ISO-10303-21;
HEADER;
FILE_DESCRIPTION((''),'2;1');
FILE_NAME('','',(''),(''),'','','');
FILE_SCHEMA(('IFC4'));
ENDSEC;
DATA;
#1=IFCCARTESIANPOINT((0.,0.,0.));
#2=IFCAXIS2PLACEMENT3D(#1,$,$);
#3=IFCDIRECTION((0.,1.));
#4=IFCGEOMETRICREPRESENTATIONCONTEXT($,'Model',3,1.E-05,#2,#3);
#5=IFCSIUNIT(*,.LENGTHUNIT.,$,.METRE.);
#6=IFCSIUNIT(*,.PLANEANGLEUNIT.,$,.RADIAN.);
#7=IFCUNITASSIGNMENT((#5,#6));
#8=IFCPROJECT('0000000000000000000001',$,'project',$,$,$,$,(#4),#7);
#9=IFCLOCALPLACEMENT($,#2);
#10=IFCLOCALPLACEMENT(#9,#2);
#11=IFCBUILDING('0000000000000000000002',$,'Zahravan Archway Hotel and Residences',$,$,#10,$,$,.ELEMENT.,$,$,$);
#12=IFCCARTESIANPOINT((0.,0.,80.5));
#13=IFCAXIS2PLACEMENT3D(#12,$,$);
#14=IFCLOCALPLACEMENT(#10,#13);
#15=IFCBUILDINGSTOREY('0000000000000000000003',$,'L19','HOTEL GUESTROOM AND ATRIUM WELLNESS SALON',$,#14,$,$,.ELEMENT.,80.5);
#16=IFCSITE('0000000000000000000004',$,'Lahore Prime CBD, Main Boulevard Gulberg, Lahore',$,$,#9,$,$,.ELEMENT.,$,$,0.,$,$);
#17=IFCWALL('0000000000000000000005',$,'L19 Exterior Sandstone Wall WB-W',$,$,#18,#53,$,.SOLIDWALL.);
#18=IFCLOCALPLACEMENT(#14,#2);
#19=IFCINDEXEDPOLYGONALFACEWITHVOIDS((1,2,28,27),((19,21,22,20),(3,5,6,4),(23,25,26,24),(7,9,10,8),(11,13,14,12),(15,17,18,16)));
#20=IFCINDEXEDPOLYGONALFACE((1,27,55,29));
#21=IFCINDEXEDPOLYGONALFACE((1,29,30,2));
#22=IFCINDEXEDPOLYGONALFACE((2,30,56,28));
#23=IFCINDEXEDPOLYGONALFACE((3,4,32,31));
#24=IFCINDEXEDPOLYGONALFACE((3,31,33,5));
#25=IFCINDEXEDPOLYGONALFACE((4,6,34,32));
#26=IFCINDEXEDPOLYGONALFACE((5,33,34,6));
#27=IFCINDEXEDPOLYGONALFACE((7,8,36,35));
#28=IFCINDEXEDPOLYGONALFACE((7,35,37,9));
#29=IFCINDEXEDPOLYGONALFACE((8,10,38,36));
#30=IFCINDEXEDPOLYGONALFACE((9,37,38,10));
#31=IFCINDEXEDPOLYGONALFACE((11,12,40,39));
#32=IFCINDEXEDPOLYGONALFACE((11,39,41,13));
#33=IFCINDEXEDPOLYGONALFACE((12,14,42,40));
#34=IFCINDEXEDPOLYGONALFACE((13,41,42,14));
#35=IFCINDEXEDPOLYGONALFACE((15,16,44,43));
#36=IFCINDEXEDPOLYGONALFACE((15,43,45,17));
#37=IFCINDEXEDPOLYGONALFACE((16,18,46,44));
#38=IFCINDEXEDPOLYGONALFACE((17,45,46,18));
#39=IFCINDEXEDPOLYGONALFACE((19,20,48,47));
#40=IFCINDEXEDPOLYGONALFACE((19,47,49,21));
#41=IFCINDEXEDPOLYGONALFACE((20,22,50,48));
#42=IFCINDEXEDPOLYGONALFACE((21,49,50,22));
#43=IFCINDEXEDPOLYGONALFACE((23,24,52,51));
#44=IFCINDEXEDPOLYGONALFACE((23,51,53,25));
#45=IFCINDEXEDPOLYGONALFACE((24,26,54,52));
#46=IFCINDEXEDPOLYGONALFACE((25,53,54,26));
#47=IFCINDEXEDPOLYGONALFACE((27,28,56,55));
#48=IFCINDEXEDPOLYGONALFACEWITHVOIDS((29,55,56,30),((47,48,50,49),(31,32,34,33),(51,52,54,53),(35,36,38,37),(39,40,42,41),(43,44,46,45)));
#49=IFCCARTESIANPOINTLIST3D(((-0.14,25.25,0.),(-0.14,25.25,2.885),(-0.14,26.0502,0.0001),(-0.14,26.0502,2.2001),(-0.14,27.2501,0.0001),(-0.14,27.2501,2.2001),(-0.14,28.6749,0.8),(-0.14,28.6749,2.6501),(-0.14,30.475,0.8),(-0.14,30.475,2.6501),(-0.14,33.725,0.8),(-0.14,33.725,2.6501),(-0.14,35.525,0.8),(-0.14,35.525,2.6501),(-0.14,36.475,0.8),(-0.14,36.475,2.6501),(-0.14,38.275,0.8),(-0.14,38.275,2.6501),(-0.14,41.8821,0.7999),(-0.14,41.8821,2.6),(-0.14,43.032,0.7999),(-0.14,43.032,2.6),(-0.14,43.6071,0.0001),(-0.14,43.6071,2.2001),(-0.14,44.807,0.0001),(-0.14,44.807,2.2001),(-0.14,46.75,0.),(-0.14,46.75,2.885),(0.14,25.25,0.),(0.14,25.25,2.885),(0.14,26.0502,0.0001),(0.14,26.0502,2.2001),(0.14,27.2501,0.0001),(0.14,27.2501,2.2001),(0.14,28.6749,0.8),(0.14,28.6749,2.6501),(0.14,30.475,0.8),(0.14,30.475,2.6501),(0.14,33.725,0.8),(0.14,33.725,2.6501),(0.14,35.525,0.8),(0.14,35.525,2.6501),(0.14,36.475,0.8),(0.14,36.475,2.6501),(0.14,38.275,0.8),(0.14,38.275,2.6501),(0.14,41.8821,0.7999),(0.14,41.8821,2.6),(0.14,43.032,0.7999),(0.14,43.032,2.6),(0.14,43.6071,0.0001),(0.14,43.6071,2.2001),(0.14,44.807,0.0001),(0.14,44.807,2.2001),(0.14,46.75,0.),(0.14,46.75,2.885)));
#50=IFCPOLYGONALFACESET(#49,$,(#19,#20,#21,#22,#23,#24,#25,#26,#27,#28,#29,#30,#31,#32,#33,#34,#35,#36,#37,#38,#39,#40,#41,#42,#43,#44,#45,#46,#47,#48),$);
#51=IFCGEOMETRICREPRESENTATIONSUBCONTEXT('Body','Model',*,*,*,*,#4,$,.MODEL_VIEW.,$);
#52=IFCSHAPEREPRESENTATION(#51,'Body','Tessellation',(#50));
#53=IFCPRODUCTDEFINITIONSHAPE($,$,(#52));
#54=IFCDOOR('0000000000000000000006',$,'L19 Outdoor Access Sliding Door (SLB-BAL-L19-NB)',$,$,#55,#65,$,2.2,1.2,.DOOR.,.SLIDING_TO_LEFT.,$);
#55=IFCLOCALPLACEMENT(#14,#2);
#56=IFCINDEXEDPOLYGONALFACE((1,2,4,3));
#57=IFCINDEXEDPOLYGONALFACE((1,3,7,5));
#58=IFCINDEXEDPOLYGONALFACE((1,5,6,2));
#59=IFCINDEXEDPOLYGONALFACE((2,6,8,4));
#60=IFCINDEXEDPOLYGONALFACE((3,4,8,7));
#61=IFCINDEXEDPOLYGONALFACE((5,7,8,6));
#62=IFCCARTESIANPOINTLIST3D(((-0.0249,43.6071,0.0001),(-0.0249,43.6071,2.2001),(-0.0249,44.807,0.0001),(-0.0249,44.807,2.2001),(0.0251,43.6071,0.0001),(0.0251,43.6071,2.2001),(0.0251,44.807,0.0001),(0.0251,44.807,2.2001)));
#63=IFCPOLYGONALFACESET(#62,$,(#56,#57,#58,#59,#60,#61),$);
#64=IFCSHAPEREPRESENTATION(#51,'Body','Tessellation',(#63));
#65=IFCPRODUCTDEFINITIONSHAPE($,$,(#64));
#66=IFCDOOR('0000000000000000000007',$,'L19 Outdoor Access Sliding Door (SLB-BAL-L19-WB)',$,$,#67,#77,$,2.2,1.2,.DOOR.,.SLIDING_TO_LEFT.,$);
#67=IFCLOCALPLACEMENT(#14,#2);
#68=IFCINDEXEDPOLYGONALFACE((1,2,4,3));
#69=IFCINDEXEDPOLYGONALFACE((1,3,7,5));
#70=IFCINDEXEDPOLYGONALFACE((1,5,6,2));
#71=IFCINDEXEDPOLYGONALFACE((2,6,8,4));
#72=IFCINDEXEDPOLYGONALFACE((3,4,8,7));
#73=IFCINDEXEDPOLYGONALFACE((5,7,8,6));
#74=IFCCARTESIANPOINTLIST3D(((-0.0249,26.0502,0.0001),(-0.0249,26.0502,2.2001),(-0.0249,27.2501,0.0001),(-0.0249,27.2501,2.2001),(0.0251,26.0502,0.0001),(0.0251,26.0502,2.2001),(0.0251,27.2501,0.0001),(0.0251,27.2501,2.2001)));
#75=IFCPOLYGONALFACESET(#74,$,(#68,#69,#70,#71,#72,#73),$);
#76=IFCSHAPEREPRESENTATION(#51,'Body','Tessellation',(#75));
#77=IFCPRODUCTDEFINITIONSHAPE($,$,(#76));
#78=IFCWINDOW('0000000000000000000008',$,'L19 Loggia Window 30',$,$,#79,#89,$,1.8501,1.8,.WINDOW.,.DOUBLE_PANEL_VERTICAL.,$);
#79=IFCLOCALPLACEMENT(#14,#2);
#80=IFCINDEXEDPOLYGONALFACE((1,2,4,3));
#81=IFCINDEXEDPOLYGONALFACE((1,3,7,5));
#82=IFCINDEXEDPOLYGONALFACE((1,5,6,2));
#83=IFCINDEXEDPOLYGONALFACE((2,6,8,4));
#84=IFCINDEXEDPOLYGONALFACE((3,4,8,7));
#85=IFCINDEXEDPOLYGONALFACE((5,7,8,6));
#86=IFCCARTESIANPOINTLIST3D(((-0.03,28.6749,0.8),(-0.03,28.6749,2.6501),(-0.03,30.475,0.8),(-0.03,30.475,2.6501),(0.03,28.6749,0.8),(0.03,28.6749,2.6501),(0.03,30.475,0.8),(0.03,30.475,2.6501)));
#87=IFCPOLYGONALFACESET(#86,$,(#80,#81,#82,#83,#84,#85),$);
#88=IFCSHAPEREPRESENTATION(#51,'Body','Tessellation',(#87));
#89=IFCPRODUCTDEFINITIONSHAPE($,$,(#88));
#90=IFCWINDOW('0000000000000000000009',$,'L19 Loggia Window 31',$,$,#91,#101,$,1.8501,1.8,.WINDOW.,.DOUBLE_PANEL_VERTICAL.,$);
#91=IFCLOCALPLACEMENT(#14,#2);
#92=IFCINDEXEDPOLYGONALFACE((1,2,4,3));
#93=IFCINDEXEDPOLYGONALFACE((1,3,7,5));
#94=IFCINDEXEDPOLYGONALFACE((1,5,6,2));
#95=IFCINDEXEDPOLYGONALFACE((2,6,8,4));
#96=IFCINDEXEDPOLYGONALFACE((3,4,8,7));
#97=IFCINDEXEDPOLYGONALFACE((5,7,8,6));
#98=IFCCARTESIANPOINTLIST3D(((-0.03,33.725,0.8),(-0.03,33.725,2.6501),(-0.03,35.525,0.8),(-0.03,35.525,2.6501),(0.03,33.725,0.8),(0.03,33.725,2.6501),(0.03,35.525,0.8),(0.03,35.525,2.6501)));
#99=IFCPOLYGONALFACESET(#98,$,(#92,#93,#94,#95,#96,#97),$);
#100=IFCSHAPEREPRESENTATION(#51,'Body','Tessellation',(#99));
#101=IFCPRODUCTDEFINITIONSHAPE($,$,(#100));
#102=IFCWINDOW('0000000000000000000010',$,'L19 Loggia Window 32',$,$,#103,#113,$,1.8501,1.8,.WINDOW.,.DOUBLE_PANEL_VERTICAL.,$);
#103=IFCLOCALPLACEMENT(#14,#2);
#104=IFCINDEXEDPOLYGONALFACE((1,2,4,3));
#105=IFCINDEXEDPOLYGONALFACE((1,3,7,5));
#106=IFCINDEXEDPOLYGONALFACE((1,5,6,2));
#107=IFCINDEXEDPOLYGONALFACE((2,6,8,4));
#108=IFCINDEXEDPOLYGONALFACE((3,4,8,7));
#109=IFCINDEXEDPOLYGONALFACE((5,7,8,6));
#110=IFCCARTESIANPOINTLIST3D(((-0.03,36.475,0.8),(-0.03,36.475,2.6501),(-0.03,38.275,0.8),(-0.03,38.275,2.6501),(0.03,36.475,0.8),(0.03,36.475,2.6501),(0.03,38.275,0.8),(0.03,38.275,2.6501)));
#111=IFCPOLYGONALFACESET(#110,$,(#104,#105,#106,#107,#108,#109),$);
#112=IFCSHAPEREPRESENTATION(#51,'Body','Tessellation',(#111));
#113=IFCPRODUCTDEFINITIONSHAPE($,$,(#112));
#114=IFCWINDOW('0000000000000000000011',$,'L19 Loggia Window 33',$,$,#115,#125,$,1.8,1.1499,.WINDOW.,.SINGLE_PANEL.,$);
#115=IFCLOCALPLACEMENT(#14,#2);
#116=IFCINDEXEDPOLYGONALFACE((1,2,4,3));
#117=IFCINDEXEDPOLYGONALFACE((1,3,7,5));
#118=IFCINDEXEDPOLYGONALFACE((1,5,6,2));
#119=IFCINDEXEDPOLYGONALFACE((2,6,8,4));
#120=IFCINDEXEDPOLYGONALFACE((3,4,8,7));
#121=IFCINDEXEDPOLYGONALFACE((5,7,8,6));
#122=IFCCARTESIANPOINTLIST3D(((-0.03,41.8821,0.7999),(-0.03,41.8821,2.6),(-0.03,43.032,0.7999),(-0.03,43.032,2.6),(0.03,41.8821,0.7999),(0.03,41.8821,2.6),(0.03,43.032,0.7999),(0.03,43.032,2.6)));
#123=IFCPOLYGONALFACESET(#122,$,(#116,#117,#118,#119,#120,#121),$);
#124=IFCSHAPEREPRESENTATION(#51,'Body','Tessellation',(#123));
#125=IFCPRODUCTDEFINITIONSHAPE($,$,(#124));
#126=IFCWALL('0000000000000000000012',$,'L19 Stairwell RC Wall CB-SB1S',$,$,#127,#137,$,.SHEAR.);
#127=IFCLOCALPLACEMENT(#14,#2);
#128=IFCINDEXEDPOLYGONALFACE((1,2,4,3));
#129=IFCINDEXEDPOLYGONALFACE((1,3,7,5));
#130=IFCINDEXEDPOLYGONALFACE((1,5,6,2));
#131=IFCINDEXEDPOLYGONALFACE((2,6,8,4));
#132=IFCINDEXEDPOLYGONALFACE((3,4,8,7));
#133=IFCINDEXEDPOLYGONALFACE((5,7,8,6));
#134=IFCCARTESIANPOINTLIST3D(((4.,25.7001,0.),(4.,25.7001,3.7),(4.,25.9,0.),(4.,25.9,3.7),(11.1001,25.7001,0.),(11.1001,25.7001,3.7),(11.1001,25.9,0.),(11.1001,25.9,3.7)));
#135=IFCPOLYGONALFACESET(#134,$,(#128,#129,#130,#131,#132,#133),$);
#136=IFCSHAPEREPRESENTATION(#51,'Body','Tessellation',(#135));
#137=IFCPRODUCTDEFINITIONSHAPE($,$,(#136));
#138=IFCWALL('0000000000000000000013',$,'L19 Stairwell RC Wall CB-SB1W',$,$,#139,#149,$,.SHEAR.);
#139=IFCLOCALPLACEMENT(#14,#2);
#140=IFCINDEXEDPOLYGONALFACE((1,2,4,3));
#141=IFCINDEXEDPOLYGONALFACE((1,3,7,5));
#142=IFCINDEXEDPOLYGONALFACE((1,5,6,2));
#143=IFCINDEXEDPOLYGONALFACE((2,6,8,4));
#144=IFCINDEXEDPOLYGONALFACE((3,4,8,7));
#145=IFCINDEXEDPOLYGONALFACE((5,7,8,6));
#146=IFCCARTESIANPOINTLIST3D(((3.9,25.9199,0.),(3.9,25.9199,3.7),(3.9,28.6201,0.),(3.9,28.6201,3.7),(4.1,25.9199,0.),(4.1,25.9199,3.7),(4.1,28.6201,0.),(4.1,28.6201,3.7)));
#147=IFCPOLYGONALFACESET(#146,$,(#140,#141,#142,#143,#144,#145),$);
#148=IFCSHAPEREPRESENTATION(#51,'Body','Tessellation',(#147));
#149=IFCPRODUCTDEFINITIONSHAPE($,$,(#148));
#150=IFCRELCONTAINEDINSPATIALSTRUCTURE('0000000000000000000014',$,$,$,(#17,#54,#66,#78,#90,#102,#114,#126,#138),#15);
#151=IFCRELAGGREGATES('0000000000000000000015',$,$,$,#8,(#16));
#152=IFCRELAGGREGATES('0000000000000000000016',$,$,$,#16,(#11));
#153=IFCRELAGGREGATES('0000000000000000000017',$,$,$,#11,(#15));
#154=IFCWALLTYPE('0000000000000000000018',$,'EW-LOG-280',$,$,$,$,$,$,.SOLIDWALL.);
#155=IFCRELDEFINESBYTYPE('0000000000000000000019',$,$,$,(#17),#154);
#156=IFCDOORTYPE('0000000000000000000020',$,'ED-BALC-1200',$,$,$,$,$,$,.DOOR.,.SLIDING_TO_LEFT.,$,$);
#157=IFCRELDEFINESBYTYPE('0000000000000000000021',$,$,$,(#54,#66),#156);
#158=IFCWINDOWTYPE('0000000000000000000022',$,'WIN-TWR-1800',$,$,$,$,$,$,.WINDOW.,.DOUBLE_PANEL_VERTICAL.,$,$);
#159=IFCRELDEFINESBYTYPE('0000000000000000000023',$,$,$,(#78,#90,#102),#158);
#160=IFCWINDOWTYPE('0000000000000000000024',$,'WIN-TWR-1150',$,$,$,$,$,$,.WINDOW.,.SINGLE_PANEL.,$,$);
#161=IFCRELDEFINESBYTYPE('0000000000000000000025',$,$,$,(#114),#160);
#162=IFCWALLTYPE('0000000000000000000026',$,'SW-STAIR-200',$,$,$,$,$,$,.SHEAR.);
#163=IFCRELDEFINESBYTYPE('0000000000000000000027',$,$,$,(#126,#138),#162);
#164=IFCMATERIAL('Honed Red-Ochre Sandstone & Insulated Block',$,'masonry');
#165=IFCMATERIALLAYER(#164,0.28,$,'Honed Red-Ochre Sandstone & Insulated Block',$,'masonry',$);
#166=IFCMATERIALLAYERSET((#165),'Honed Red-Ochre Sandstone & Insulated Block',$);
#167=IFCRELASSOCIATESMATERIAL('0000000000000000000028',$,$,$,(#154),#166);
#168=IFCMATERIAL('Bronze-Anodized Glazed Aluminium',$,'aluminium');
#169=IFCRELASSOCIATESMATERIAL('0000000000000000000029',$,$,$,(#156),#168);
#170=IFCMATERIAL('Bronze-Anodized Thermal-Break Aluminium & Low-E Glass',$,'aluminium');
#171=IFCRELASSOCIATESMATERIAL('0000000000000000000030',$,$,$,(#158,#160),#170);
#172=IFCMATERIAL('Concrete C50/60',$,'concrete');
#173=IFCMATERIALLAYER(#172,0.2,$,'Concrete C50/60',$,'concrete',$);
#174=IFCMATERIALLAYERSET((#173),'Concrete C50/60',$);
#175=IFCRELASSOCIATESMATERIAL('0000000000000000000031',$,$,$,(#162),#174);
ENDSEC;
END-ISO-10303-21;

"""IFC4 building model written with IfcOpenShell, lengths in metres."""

from ifc_helpers import new_model, si_unit, direction, frame, frame_2d, origin, place, context, subcontext, project, spatial, rectangle, extrude, source, transform, mapped, material, layer, layer_set, type_object, type_shapes, element, fill, save


model = new_model("IFC4")

# Units and contexts
model_context = context("Model", 3, precision=1e-05, world=origin(), true_north=direction((0.0, 1.0)))
body_context = subcontext(model_context, "Body", "Model", "MODEL_VIEW")
ifc_project = project(units=[si_unit("LENGTHUNIT", "METRE"), si_unit("PLANEANGLEUNIT", "RADIAN")], contexts=[model_context])

# Site, building, storey
site_placement = place(None, origin())
site = spatial("IfcSite", under=ifc_project, at=site_placement, Name="Lahore Prime CBD, Main Boulevard Gulberg, Lahore", CompositionType="ELEMENT", RefElevation=0.0)
building_placement = place(site_placement, origin())
building = spatial("IfcBuilding", under=site, at=building_placement, Name="Zahravan Archway Hotel and Residences", CompositionType="ELEMENT")
storey_placement = place(building_placement, frame((0.0, 0.0, 80.5)))
storey = spatial("IfcBuildingStorey", under=building, at=storey_placement, Name="L19", Description="HOTEL GUESTROOM AND ATRIUM WELLNESS SALON", CompositionType="ELEMENT", Elevation=80.5)

# Shared definitions
ifc_material_1 = material(Name="Honed Red-Ochre Sandstone & Insulated Block", Category="masonry")
ifc_layer_1 = layer(ifc_material_1, 0.28, Name="Honed Red-Ochre Sandstone & Insulated Block", Category="masonry")
ifc_layer_set_1 = layer_set([ifc_layer_1], Name="Honed Red-Ochre Sandstone & Insulated Block")
wall_type_1 = type_object("IfcWallType", Name="EW-LOG-280", PredefinedType="SOLIDWALL", material=ifc_layer_set_1)
ifc_material_2 = material(Name="Bronze-Anodized Thermal-Break Aluminium & Low-E Glass", Category="aluminium")

# Wall, openings, doors, windows
wall_1_placement = place(storey_placement, frame((0.0, 25.25, 0.0), z_axis=(0.0, 0.0, 1.0), x_axis=(0.0, 1.0, 0.0)))
wall_1 = element("IfcWall", 1, at=wall_1_placement, inside=storey, type_object=wall_type_1, Name="L19 Exterior Sandstone Wall WB-W", PredefinedType="SOLIDWALL", context=body_context, shape_type="SweptSolid", body=[
    extrude(rectangle(XDim=21.5, YDim=0.28, at=frame_2d((10.75, 0.0))), origin(), (0.0, 0.0, 1.0), 2.885),
])
opening_1_placement = place(wall_1_placement, frame((18.3569, 0.0, 0.0)))
opening_1 = element("IfcOpeningElement", 2, at=opening_1_placement, cuts=wall_1, PredefinedType="OPENING", context=body_context, shape_type="SweptSolid", body=[
    extrude(rectangle(XDim=1.2, YDim=2.2, at=frame_2d((0.6001, 1.1001))), frame((0.0, 0.1499, 0.0), z_axis=(0.0, -1.0, 0.0), x_axis=(1.0, 0.0, 0.0)), (0.0, 0.0, 1.0), 0.3),
])
opening_2_placement = place(wall_1_placement, frame((0.8, 0.0, 0.0)))
opening_2 = element("IfcOpeningElement", 3, at=opening_2_placement, cuts=wall_1, PredefinedType="OPENING", context=body_context, shape_type="SweptSolid", body=[
    extrude(rectangle(XDim=1.2, YDim=2.2, at=frame_2d((0.6001, 1.1001))), frame((0.0, 0.1499, 0.0), z_axis=(0.0, -1.0, 0.0), x_axis=(1.0, 0.0, 0.0)), (0.0, 0.0, 1.0), 0.3),
])
opening_3_placement = place(wall_1_placement, frame((3.425, 0.0, 0.8)))
opening_3 = element("IfcOpeningElement", 4, at=opening_3_placement, cuts=wall_1, PredefinedType="OPENING", context=body_context, shape_type="SweptSolid", body=[
    extrude(rectangle(XDim=1.8, YDim=1.8501, at=frame_2d((0.8999, 0.925))), frame((0.0, 0.1499, 0.0), z_axis=(0.0, -1.0, 0.0), x_axis=(1.0, 0.0, 0.0)), (0.0, 0.0, 1.0), 0.3),
])
opening_4_placement = place(wall_1_placement, frame((8.4751, 0.0, 0.8)))
opening_4 = element("IfcOpeningElement", 5, at=opening_4_placement, cuts=wall_1, PredefinedType="OPENING", context=body_context, shape_type="SweptSolid", body=[
    extrude(rectangle(XDim=1.8, YDim=1.8501, at=frame_2d((0.8999, 0.925))), frame((0.0, 0.1499, 0.0), z_axis=(0.0, -1.0, 0.0), x_axis=(1.0, 0.0, 0.0)), (0.0, 0.0, 1.0), 0.3),
])
opening_5_placement = place(wall_1_placement, frame((11.2251, 0.0, 0.8)))
opening_5 = element("IfcOpeningElement", 6, at=opening_5_placement, cuts=wall_1, PredefinedType="OPENING", context=body_context, shape_type="SweptSolid", body=[
    extrude(rectangle(XDim=1.8, YDim=1.8501, at=frame_2d((0.8999, 0.925))), frame((0.0, 0.1499, 0.0), z_axis=(0.0, -1.0, 0.0), x_axis=(1.0, 0.0, 0.0)), (0.0, 0.0, 1.0), 0.3),
])
opening_6_placement = place(wall_1_placement, frame((16.6321, 0.0, 0.8)))
opening_6 = element("IfcOpeningElement", 7, at=opening_6_placement, cuts=wall_1, PredefinedType="OPENING", context=body_context, shape_type="SweptSolid", body=[
    extrude(rectangle(XDim=1.1499, YDim=1.8, at=frame_2d((0.575, 0.8999))), frame((0.0, 0.1499, 0.0), z_axis=(0.0, -1.0, 0.0), x_axis=(1.0, 0.0, 0.0)), (0.0, 0.0, 1.0), 0.3),
])
ifc_material_3 = material(Name="Bronze-Anodized Glazed Aluminium", Category="aluminium")
door_type_1 = type_object("IfcDoorType", Name="ED-BALC-1200", OperationType="SLIDING_TO_LEFT", PredefinedType="DOOR", material=ifc_material_3)
shared_shape_1 = source(origin(), body_context, "Body", "SweptSolid", [
    extrude(rectangle(XDim=1.2, YDim=2.2, at=frame_2d((0.6001, 1.1001))), frame((0.0, 0.0249, 0.0), z_axis=(0.0, -1.0, 0.0), x_axis=(1.0, 0.0, 0.0)), (0.0, 0.0, 1.0), 0.05),
])
type_shapes(door_type_1, [shared_shape_1])
door_1_placement = place(opening_1_placement, origin())
door_1 = element("IfcDoor", 8, at=door_1_placement, inside=storey, type_object=door_type_1, Name="L19 Outdoor Access Sliding Door (SLB-BAL-L19-NB)", OperationType="SLIDING_TO_LEFT", OverallHeight=2.2, OverallWidth=1.2, PredefinedType="DOOR", context=body_context, shape_type="MappedRepresentation", body=[
    mapped(shared_shape_1, transform((0.0, 0.0, 0.0), scale=1.0)),
])
fill(opening_1, door_1)
door_2_placement = place(opening_2_placement, origin())
door_2 = element("IfcDoor", 9, at=door_2_placement, inside=storey, type_object=door_type_1, Name="L19 Outdoor Access Sliding Door (SLB-BAL-L19-WB)", OperationType="SLIDING_TO_LEFT", OverallHeight=2.2, OverallWidth=1.2, PredefinedType="DOOR", context=body_context, shape_type="MappedRepresentation", body=[
    mapped(shared_shape_1, transform((0.0, 0.0, 0.0), scale=1.0)),
])
fill(opening_2, door_2)
window_type_1 = type_object("IfcWindowType", Name="WIN-TWR-1800", PartitioningType="DOUBLE_PANEL_VERTICAL", PredefinedType="WINDOW", material=ifc_material_2)
shared_shape_2 = source(origin(), body_context, "Body", "SweptSolid", [
    extrude(rectangle(XDim=1.8, YDim=1.8501, at=frame_2d((0.8999, 0.925))), frame((0.0, 0.03, 0.0), z_axis=(0.0, -1.0, 0.0), x_axis=(1.0, 0.0, 0.0)), (0.0, 0.0, 1.0), 0.0601),
])
type_shapes(window_type_1, [shared_shape_2])
window_1_placement = place(opening_3_placement, origin())
window_1 = element("IfcWindow", 10, at=window_1_placement, inside=storey, type_object=window_type_1, Name="L19 Loggia Window 30", OverallHeight=1.8501, OverallWidth=1.8, PartitioningType="DOUBLE_PANEL_VERTICAL", PredefinedType="WINDOW", context=body_context, shape_type="MappedRepresentation", body=[
    mapped(shared_shape_2, transform((0.0, 0.0, 0.0), scale=1.0)),
])
fill(opening_3, window_1)
window_2_placement = place(opening_4_placement, origin())
window_2 = element("IfcWindow", 11, at=window_2_placement, inside=storey, type_object=window_type_1, Name="L19 Loggia Window 31", OverallHeight=1.8501, OverallWidth=1.8, PartitioningType="DOUBLE_PANEL_VERTICAL", PredefinedType="WINDOW", context=body_context, shape_type="MappedRepresentation", body=[
    mapped(shared_shape_2, transform((0.0, 0.0, 0.0), scale=1.0)),
])
fill(opening_4, window_2)
window_3_placement = place(opening_5_placement, origin())
window_3 = element("IfcWindow", 12, at=window_3_placement, inside=storey, type_object=window_type_1, Name="L19 Loggia Window 32", OverallHeight=1.8501, OverallWidth=1.8, PartitioningType="DOUBLE_PANEL_VERTICAL", PredefinedType="WINDOW", context=body_context, shape_type="MappedRepresentation", body=[
    mapped(shared_shape_2, transform((0.0, 0.0, 0.0), scale=1.0)),
])
fill(opening_5, window_3)
window_type_2 = type_object("IfcWindowType", Name="WIN-TWR-1150", PartitioningType="SINGLE_PANEL", PredefinedType="WINDOW", material=ifc_material_2)
shared_shape_3 = source(origin(), body_context, "Body", "SweptSolid", [
    extrude(rectangle(XDim=1.1499, YDim=1.8, at=frame_2d((0.575, 0.8999))), frame((0.0, 0.03, 0.0), z_axis=(0.0, -1.0, 0.0), x_axis=(1.0, 0.0, 0.0)), (0.0, 0.0, 1.0), 0.0601),
])
type_shapes(window_type_2, [shared_shape_3])
window_4_placement = place(opening_6_placement, origin())
window_4 = element("IfcWindow", 13, at=window_4_placement, inside=storey, type_object=window_type_2, Name="L19 Loggia Window 33", OverallHeight=1.8, OverallWidth=1.1499, PartitioningType="SINGLE_PANEL", PredefinedType="WINDOW", context=body_context, shape_type="MappedRepresentation", body=[
    mapped(shared_shape_3, transform((0.0, 0.0, 0.0), scale=1.0)),
])
fill(opening_6, window_4)

# Walls
ifc_material_4 = material(Name="Concrete C50/60", Category="concrete")
ifc_layer_2 = layer(ifc_material_4, 0.2, Name="Concrete C50/60", Category="concrete")
ifc_layer_set_2 = layer_set([ifc_layer_2], Name="Concrete C50/60")
wall_type_2 = type_object("IfcWallType", Name="SW-STAIR-200", PredefinedType="SHEAR", material=ifc_layer_set_2)
wall_2_placement = place(storey_placement, frame((4.0, 25.8, 0.0), z_axis=(0.0, 0.0, 1.0), x_axis=(1.0, 0.0, 0.0)))
element("IfcWall", 14, at=wall_2_placement, inside=storey, type_object=wall_type_2, Name="L19 Stairwell RC Wall CB-SB1S", PredefinedType="SHEAR", context=body_context, shape_type="SweptSolid", body=[
    extrude(rectangle(XDim=7.1001, YDim=0.2, at=frame_2d((3.55, 0.0))), origin(), (0.0, 0.0, 1.0), 3.7),
])
wall_3_placement = place(storey_placement, frame((4.0, 25.9199, 0.0), z_axis=(0.0, 0.0, 1.0), x_axis=(0.0, 1.0, 0.0)))
element("IfcWall", 15, at=wall_3_placement, inside=storey, type_object=wall_type_2, Name="L19 Stairwell RC Wall CB-SB1W", PredefinedType="SHEAR", context=body_context, shape_type="SweptSolid", body=[
    extrude(rectangle(XDim=2.7002, YDim=0.2, at=frame_2d((1.3501, 0.0))), origin(), (0.0, 0.0, 1.0), 3.7),
])

save(model, "model.ifc")
